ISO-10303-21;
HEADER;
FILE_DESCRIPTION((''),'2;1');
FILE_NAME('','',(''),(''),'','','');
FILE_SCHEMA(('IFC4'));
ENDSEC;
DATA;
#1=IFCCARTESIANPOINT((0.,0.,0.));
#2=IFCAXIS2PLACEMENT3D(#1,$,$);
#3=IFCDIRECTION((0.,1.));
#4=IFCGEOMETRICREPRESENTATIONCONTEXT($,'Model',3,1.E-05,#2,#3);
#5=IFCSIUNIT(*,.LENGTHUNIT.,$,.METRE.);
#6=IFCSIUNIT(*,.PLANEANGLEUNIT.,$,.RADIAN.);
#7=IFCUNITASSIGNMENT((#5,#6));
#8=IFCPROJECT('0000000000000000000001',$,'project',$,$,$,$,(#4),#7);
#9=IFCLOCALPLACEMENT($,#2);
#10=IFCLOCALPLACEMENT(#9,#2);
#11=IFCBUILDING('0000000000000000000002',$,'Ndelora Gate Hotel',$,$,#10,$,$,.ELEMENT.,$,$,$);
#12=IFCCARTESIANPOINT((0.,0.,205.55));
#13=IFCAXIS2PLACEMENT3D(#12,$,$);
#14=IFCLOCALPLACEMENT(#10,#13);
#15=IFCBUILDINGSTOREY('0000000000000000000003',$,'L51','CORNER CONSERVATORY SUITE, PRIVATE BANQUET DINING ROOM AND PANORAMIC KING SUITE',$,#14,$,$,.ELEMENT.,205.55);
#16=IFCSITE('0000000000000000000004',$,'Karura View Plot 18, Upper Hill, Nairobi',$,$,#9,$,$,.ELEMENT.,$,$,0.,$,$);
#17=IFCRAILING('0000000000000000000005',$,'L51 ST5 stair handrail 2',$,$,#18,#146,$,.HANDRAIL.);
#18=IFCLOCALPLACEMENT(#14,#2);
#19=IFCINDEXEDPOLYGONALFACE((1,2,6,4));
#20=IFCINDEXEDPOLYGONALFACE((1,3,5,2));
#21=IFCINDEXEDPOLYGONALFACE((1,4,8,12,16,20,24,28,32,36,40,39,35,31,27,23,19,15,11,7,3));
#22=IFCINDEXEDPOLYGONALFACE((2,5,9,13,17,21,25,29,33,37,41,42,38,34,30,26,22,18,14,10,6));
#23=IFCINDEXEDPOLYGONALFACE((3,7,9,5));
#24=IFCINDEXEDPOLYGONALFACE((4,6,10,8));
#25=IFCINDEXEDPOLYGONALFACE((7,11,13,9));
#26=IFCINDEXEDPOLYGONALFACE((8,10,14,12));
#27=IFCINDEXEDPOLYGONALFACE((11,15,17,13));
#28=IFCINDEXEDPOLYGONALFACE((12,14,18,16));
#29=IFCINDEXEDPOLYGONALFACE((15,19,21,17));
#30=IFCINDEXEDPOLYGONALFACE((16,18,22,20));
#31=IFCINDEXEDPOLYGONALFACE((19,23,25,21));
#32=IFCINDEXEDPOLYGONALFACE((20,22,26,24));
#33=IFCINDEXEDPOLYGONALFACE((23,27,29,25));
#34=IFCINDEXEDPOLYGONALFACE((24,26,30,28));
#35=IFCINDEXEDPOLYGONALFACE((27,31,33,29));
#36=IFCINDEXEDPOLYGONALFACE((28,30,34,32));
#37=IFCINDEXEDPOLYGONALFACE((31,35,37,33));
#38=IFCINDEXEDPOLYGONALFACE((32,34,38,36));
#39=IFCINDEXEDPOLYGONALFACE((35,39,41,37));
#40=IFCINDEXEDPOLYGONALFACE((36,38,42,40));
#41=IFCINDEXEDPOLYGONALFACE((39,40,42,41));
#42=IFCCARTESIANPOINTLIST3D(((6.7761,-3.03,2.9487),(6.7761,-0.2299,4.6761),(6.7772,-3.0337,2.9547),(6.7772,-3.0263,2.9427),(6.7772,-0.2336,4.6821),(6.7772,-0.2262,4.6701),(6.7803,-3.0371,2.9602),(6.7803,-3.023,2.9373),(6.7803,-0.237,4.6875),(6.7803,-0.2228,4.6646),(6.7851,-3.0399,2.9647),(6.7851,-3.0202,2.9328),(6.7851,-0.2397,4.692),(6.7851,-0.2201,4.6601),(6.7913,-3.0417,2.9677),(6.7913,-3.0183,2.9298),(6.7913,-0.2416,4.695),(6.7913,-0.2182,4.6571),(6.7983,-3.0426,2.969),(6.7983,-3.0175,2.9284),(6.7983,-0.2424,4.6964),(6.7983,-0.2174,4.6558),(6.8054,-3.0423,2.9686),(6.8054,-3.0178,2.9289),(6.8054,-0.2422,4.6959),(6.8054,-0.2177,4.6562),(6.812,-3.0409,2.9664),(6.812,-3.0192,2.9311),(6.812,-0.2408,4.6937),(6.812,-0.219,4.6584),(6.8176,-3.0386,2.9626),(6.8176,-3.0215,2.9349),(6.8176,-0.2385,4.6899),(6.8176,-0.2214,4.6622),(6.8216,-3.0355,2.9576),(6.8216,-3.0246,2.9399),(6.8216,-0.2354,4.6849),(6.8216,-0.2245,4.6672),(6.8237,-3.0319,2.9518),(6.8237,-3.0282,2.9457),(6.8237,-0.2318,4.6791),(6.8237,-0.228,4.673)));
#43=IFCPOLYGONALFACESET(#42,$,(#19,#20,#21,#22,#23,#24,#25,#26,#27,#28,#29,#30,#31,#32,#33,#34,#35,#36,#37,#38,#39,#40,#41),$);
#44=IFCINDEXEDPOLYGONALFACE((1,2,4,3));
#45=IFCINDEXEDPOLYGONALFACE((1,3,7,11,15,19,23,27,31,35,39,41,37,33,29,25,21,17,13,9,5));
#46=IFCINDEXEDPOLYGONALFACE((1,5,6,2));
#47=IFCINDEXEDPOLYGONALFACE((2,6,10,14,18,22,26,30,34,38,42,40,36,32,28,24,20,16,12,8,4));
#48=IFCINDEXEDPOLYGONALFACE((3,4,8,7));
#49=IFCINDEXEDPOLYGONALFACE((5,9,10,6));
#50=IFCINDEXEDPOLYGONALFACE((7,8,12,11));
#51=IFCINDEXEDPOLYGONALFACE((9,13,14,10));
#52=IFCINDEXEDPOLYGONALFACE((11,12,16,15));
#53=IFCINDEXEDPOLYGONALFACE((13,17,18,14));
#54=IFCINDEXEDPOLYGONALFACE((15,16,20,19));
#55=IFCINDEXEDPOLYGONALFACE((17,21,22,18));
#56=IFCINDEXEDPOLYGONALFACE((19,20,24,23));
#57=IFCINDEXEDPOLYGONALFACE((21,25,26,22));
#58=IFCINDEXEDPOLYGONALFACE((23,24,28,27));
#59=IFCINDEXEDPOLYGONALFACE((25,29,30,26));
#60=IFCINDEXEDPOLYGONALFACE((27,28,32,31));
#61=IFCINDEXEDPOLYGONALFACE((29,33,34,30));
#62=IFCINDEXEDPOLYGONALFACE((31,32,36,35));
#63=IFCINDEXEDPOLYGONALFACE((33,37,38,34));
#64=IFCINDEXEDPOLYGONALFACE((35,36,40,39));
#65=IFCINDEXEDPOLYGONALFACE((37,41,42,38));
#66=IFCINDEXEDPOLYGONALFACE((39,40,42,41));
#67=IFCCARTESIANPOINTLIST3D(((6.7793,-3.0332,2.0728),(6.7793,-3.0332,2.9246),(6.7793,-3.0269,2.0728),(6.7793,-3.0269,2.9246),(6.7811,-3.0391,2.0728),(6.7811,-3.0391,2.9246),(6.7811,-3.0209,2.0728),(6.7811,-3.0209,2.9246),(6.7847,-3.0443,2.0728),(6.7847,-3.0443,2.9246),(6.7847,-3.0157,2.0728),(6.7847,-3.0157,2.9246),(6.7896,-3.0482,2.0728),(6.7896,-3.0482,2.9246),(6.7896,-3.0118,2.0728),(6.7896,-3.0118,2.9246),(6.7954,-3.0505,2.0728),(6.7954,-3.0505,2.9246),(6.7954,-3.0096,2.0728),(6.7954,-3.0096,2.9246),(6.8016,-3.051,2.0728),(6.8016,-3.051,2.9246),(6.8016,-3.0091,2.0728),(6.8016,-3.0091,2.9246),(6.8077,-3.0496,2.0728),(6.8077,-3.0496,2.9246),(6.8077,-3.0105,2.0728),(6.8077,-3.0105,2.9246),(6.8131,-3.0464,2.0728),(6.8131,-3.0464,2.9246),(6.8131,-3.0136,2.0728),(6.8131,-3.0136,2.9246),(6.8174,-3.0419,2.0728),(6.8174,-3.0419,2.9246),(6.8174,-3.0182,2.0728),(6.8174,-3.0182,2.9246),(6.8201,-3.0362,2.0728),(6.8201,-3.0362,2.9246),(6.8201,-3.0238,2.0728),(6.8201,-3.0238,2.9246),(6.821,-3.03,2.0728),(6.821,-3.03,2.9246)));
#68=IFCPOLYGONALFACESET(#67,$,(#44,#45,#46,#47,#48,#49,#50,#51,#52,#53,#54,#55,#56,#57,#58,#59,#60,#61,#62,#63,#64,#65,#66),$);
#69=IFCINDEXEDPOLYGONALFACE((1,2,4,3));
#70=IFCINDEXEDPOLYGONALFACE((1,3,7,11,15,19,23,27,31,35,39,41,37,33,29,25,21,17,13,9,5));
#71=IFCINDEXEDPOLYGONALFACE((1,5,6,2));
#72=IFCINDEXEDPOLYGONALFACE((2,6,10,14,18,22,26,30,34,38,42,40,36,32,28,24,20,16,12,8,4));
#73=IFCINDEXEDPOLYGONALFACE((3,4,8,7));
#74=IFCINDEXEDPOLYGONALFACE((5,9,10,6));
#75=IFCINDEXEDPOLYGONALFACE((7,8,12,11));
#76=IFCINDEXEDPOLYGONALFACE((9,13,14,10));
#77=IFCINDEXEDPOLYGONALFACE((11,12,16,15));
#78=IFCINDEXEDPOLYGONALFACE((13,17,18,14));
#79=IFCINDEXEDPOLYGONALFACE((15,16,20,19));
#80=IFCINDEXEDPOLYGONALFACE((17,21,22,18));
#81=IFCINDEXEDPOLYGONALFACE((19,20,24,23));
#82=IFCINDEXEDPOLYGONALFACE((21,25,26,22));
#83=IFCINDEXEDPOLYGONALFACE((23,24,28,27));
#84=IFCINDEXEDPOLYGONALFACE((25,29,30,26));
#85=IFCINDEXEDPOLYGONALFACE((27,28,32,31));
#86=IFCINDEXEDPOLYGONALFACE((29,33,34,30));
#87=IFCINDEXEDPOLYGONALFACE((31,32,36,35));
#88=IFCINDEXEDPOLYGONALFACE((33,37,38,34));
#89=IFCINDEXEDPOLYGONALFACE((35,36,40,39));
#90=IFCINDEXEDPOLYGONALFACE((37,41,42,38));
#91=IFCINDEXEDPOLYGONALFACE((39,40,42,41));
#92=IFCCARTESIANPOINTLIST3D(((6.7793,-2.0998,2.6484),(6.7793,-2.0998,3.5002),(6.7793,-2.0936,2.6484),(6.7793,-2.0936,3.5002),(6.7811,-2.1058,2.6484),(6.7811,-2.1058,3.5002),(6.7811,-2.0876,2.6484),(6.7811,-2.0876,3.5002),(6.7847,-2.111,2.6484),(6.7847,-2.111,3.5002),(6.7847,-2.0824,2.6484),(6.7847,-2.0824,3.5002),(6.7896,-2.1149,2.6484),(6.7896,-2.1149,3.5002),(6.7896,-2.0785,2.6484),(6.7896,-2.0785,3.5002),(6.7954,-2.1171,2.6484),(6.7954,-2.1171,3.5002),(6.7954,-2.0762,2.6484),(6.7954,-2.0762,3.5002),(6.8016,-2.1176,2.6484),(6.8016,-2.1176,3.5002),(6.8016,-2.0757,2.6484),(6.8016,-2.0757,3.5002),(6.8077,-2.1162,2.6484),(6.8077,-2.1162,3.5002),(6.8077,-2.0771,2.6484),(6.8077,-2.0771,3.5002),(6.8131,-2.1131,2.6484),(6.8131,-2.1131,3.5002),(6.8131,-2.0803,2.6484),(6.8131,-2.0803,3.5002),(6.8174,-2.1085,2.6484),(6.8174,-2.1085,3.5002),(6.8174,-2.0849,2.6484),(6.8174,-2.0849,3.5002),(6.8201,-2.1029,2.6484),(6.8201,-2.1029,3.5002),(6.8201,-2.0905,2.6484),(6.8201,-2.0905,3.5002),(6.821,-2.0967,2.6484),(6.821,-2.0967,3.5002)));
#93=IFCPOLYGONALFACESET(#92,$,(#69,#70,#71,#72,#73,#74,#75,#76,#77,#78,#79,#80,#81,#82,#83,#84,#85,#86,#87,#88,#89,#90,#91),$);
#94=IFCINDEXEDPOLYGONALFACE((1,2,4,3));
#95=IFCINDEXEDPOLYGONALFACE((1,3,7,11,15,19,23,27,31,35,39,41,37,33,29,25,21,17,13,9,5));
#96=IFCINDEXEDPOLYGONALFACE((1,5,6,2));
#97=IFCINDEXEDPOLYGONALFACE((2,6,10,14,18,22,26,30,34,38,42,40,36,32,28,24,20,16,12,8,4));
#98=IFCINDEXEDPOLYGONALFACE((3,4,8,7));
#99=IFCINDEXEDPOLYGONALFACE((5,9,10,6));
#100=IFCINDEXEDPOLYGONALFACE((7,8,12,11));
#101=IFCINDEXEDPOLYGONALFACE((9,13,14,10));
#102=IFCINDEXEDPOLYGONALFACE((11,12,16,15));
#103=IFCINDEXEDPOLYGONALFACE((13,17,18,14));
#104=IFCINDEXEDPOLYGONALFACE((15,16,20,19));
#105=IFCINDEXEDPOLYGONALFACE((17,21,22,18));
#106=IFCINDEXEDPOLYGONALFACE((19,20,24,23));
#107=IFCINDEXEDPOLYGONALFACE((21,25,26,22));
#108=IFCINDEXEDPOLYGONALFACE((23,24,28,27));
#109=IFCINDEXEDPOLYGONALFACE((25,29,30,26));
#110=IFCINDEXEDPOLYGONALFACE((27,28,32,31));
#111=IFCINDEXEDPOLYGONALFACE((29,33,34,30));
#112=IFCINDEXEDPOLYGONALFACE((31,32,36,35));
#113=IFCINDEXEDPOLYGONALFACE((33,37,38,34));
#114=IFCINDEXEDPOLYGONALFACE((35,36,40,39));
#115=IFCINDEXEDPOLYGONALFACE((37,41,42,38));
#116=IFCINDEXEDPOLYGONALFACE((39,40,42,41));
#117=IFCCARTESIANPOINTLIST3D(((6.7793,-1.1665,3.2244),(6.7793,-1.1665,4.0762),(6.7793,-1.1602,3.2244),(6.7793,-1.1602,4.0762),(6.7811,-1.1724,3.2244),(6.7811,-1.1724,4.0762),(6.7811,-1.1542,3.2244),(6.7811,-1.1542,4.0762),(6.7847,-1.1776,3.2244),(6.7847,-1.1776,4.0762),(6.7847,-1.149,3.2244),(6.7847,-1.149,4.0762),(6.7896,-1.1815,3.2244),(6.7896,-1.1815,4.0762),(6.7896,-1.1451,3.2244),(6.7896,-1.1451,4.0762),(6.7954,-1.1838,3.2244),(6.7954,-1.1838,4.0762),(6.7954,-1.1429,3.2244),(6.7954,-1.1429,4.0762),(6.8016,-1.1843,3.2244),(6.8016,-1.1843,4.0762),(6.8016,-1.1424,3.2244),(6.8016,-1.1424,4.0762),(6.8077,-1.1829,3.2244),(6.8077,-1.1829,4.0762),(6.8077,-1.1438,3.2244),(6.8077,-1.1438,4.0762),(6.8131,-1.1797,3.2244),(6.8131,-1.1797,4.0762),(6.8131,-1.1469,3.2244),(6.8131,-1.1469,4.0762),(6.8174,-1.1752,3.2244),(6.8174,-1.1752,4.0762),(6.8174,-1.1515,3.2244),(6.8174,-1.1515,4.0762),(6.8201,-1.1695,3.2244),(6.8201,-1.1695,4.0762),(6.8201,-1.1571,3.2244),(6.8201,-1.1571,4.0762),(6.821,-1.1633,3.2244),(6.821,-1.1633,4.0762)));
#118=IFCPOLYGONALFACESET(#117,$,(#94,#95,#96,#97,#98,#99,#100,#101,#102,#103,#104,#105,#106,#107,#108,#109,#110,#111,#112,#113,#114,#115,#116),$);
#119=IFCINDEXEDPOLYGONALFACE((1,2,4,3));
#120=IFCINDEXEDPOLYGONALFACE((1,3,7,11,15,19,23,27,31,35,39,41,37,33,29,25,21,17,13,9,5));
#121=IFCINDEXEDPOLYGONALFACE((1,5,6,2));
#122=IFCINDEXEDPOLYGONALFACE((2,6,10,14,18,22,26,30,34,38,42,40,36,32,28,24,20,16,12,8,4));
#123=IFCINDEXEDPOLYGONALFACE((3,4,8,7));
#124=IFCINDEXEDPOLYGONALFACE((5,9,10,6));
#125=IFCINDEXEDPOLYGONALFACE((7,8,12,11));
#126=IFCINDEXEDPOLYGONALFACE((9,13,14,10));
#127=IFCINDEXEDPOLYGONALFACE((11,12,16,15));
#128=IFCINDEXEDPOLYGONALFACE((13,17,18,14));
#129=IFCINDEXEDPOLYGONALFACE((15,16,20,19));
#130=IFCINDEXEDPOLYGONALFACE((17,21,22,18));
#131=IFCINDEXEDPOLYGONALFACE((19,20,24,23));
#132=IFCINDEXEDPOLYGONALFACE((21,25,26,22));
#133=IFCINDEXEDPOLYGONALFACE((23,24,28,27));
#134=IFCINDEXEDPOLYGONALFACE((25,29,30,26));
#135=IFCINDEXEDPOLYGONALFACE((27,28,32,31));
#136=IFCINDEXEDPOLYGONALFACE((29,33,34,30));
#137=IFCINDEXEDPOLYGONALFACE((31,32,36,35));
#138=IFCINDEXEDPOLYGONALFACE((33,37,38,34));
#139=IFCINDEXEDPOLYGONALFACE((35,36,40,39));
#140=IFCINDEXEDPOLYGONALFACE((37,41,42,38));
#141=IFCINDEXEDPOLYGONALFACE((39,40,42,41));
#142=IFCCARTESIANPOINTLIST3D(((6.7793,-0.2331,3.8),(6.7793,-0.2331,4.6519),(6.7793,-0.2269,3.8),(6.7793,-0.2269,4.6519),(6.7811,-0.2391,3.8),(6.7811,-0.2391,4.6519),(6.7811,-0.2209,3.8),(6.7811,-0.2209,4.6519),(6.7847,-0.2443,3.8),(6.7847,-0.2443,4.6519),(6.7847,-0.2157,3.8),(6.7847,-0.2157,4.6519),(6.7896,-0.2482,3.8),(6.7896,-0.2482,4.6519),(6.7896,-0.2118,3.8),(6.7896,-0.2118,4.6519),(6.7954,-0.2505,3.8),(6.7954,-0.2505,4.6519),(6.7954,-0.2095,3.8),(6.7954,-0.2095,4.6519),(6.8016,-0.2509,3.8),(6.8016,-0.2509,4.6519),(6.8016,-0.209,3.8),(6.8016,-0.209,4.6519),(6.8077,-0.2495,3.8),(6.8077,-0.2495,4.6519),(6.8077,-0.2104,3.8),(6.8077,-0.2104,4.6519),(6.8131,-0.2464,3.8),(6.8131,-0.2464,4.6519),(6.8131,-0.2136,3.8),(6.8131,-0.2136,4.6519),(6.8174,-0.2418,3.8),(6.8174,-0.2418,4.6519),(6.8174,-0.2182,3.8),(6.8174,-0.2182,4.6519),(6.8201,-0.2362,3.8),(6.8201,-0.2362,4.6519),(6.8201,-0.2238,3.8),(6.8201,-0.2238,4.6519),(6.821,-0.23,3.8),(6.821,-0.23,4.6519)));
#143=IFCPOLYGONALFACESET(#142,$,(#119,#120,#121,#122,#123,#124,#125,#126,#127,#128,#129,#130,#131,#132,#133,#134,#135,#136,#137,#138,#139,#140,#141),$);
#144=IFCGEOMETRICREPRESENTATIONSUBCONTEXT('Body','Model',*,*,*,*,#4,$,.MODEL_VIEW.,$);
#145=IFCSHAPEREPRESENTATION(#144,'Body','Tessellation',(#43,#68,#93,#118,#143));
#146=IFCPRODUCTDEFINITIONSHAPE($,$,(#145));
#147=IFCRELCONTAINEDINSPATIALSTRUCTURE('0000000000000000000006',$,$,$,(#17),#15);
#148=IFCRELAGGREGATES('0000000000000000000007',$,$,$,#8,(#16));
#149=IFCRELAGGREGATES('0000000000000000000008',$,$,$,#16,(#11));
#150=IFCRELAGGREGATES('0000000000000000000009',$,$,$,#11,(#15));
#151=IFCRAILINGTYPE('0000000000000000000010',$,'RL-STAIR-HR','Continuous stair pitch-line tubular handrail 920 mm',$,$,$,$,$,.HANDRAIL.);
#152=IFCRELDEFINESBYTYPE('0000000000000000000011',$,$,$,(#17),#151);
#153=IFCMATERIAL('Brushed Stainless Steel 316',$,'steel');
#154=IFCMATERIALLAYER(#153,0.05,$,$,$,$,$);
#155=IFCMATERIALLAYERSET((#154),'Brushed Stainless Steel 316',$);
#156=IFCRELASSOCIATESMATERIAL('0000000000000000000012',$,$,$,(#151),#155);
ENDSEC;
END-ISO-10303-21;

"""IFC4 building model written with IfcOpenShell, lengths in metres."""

from ifc_helpers import new_model, si_unit, direction, frame, origin, origin_2d, place, context, subcontext, project, spatial, circle, extrude, material, layer, layer_set, type_object, element, save


model = new_model("IFC4")

# Units and contexts
model_context = context("Model", 3, precision=1e-05, world=origin(), true_north=direction((0.0, 1.0)))
body_context = subcontext(model_context, "Body", "Model", "MODEL_VIEW")
ifc_project = project(units=[si_unit("LENGTHUNIT", "METRE"), si_unit("PLANEANGLEUNIT", "RADIAN")], contexts=[model_context])

# Site, building, storey
site_placement = place(None, origin())
site = spatial("IfcSite", under=ifc_project, at=site_placement, Name="Karura View Plot 18, Upper Hill, Nairobi", CompositionType="ELEMENT", RefElevation=0.0)
building_placement = place(site_placement, origin())
building = spatial("IfcBuilding", under=site, at=building_placement, Name="Ndelora Gate Hotel", CompositionType="ELEMENT")
storey_placement = place(building_placement, frame((0.0, 0.0, 205.55)))
storey = spatial("IfcBuildingStorey", under=building, at=storey_placement, Name="L51", Description="CORNER CONSERVATORY SUITE, PRIVATE BANQUET DINING ROOM AND PANORAMIC KING SUITE", CompositionType="ELEMENT", Elevation=205.55)

# Railing
ifc_material_1 = material(Name="Brushed Stainless Steel 316", Category="steel")
ifc_layer_1 = layer(ifc_material_1, 0.05)
ifc_layer_set_1 = layer_set([ifc_layer_1], Name="Brushed Stainless Steel 316")
railing_type_1 = type_object("IfcRailingType", Name="RL-STAIR-HR", Description="Continuous stair pitch-line tubular handrail 920 mm", PredefinedType="HANDRAIL", material=ifc_layer_set_1)
railing_1_placement = place(storey_placement, frame((6.8, -3.03, 2.0728)))
element("IfcRailing", 1, at=railing_1_placement, inside=storey, type_object=railing_type_1, Name="L51 ST5 stair handrail 2", PredefinedType="HANDRAIL", context=body_context, shape_type="SweptSolid", body=[
    extrude(circle(Radius=0.0239, at=origin_2d()), frame((0.0, 0.0, 0.876), z_axis=(0.0, 0.85109, 0.52502), x_axis=(-1.0, 0.0, 0.0)), (0.0, 0.0, 1.0), 3.29),
    extrude(circle(Radius=0.021, at=origin_2d()), origin(), (0.0, 0.0, 1.0), 0.8518),
    extrude(circle(Radius=0.021, at=origin_2d()), frame((0.0, 0.9333, 0.5757)), (0.0, 0.0, 1.0), 0.8518),
    extrude(circle(Radius=0.021, at=origin_2d()), frame((0.0, 1.8667, 1.1516)), (0.0, 0.0, 1.0), 0.8518),
    extrude(circle(Radius=0.021, at=origin_2d()), frame((0.0, 2.8, 1.7273)), (0.0, 0.0, 1.0), 0.8518),
])

save(model, "model.ifc")
